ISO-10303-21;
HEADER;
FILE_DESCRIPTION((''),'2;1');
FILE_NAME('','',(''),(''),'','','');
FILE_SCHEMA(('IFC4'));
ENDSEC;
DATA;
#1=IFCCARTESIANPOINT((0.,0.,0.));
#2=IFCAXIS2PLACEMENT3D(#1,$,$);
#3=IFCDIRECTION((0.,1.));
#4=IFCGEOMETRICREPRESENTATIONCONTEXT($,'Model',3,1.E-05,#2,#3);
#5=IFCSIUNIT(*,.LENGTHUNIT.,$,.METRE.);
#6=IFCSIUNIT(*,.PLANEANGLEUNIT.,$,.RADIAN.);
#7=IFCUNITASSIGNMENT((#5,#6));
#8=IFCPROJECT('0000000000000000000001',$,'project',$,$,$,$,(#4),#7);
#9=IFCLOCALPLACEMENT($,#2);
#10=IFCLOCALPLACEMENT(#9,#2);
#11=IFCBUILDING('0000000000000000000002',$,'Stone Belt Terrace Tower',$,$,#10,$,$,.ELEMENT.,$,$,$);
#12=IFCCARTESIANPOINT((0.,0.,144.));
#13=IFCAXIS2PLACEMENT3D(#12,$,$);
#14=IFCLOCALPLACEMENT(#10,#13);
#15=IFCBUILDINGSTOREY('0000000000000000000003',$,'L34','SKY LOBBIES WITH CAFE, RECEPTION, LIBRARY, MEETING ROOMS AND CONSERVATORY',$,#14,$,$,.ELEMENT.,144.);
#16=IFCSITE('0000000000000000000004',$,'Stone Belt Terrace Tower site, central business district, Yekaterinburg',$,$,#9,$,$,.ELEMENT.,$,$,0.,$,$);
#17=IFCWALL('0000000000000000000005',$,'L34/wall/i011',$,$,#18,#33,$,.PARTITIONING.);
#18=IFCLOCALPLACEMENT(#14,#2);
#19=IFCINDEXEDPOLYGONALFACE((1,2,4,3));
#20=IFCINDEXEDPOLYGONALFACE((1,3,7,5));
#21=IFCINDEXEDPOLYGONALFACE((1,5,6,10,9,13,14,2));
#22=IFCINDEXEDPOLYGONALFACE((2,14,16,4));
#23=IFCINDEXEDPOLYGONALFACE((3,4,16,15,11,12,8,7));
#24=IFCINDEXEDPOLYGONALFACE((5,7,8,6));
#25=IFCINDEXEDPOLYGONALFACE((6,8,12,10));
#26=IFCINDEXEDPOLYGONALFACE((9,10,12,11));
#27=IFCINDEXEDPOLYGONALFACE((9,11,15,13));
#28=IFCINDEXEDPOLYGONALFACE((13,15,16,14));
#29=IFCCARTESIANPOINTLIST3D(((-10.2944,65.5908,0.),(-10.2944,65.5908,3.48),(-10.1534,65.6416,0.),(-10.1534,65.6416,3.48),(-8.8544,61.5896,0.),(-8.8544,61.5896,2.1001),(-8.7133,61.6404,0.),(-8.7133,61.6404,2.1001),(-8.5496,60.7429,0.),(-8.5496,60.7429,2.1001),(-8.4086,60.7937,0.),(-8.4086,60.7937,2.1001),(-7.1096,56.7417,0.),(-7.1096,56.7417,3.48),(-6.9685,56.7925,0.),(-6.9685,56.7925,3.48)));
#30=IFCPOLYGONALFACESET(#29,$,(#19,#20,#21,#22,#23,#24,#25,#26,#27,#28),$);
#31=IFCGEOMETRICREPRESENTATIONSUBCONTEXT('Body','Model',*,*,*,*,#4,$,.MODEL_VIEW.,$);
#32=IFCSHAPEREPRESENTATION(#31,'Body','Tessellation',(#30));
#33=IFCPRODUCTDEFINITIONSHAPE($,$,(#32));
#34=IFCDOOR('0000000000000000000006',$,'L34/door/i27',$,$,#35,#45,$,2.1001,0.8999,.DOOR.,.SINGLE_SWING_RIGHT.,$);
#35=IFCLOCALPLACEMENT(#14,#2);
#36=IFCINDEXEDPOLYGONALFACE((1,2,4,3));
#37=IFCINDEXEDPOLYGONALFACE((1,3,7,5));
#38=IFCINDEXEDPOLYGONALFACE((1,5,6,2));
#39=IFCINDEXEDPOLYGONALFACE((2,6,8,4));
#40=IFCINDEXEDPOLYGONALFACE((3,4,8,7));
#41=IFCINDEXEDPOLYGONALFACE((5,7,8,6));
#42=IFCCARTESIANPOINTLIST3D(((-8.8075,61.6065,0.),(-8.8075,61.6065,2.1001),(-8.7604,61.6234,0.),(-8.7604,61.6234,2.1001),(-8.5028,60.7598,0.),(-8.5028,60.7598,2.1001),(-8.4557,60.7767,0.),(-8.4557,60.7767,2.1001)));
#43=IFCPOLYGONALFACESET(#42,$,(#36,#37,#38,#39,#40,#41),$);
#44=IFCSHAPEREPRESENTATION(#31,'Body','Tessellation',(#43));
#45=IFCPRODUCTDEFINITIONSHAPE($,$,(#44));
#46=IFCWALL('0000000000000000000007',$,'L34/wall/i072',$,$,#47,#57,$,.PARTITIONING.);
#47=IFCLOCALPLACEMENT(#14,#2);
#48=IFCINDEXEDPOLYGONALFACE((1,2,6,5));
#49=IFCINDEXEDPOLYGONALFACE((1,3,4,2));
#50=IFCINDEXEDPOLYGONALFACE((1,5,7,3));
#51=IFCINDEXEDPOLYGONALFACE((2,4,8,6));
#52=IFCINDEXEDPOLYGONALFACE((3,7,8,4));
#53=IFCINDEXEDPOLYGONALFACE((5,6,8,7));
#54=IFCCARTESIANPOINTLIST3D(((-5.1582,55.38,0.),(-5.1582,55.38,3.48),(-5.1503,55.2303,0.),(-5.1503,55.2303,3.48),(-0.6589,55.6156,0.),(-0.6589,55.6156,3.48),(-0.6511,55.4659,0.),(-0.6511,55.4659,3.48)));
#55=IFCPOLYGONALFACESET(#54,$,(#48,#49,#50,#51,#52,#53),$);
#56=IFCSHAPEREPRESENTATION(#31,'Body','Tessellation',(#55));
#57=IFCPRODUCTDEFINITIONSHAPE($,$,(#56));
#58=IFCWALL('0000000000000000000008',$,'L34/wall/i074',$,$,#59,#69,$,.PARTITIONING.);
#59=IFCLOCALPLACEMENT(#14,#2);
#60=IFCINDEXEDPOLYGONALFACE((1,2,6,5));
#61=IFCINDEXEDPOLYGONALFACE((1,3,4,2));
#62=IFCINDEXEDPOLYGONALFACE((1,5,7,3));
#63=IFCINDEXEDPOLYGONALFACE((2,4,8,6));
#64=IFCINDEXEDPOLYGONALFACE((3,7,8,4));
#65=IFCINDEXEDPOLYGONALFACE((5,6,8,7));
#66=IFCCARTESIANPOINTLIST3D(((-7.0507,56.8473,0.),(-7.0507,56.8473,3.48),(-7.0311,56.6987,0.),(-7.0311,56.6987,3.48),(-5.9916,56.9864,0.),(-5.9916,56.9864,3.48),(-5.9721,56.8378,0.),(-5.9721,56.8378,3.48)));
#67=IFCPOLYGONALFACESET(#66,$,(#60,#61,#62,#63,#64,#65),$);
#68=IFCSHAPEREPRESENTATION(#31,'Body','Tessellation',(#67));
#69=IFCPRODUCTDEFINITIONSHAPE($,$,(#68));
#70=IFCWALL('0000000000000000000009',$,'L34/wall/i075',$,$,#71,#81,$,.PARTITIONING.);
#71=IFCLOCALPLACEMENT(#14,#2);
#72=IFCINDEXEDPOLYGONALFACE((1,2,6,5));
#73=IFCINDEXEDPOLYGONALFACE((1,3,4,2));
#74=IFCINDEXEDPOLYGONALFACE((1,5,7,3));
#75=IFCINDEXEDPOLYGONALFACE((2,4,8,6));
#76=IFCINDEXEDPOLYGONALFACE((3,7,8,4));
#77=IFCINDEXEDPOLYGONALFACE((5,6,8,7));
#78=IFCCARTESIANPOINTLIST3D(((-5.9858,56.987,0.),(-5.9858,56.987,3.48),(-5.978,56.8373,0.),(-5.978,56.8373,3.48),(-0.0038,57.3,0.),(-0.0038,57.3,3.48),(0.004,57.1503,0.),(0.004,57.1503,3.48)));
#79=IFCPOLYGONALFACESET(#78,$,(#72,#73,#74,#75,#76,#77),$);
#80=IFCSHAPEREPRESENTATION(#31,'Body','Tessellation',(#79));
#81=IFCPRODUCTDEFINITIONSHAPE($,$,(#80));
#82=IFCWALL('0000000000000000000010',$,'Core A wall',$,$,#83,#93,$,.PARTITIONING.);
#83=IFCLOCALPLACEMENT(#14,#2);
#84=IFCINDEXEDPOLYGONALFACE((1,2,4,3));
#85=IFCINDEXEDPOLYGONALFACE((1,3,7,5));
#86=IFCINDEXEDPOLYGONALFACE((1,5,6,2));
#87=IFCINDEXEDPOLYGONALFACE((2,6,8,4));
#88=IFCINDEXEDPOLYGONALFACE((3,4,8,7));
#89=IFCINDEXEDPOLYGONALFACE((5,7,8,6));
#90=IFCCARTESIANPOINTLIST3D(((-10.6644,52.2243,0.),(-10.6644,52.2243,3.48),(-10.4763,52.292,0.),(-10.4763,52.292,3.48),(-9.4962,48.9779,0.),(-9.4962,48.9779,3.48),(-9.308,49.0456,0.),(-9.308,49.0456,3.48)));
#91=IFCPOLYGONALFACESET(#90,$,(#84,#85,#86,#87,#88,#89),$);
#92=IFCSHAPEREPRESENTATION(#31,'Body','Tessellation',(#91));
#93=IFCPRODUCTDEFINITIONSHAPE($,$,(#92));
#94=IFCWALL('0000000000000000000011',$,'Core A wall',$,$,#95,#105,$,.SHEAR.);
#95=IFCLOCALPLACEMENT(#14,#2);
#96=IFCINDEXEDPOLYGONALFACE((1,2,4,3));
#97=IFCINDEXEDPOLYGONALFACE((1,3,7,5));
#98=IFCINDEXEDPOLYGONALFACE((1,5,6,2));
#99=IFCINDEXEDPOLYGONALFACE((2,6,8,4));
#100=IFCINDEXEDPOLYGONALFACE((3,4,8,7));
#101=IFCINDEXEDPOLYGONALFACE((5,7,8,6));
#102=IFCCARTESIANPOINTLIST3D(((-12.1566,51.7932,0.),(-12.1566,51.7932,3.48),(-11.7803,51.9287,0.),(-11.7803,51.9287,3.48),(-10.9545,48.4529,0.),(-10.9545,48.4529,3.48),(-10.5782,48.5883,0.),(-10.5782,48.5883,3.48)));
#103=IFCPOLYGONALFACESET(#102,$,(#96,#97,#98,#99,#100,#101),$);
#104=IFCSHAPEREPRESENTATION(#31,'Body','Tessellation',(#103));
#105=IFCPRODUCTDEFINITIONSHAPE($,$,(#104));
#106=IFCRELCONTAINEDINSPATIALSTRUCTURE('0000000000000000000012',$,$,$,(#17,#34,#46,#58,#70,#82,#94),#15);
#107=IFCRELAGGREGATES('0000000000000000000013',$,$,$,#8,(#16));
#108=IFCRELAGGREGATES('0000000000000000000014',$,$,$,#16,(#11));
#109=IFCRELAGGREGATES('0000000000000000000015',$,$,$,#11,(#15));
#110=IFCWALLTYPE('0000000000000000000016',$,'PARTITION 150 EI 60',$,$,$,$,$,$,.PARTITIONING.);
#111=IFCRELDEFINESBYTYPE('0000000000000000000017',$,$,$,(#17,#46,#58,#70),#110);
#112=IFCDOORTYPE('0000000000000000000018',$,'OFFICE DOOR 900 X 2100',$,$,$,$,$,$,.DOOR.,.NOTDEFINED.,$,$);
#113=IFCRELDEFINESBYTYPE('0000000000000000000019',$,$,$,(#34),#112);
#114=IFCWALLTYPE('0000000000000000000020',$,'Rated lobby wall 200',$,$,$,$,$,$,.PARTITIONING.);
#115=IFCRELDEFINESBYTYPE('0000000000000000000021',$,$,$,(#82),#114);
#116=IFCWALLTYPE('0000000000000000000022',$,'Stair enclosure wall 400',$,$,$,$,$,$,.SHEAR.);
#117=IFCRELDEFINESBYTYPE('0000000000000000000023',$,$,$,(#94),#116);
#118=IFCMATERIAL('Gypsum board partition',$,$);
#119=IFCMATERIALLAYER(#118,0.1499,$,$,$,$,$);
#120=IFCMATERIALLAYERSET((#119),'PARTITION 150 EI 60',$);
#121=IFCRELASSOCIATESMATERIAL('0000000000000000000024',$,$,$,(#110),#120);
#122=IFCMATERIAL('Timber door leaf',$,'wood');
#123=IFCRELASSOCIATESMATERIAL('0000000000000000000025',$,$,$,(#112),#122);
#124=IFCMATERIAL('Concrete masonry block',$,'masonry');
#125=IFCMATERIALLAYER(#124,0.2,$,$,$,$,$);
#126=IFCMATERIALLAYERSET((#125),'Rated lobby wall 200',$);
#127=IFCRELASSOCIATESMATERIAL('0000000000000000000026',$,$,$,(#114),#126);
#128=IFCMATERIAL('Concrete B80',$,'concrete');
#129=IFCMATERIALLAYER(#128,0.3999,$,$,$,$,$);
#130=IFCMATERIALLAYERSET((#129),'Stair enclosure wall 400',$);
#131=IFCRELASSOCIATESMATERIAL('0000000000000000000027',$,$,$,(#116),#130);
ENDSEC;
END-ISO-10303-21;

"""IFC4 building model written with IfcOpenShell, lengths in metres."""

from ifc_helpers import new_model, si_unit, direction, frame, frame_2d, origin, place, context, subcontext, project, spatial, rectangle, extrude, material, layer, layer_set, type_object, element, fill, save


model = new_model("IFC4")

# Units and contexts
model_context = context("Model", 3, precision=1e-05, world=origin(), true_north=direction((0.0, 1.0)))
body_context = subcontext(model_context, "Body", "Model", "MODEL_VIEW")
ifc_project = project(units=[si_unit("LENGTHUNIT", "METRE"), si_unit("PLANEANGLEUNIT", "RADIAN")], contexts=[model_context])

# Site, building, storey
site_placement = place(None, origin())
site = spatial("IfcSite", under=ifc_project, at=site_placement, Name="Stone Belt Terrace Tower site, central business district, Yekaterinburg", CompositionType="ELEMENT", RefElevation=0.0)
building_placement = place(site_placement, origin())
building = spatial("IfcBuilding", under=site, at=building_placement, Name="Stone Belt Terrace Tower", CompositionType="ELEMENT")
storey_placement = place(building_placement, frame((0.0, 0.0, 144.0)))
storey = spatial("IfcBuildingStorey", under=building, at=storey_placement, Name="L34", Description="SKY LOBBIES WITH CAFE, RECEPTION, LIBRARY, MEETING ROOMS AND CONSERVATORY", CompositionType="ELEMENT", Elevation=144.0)

# Shared definitions
ifc_material_1 = material(Name="Concrete B80", Category="concrete")

# Shared definitions
ifc_material_2 = material(Name="Timber door leaf", Category="wood")

# Wall, opening, door
ifc_material_3 = material(Name="Gypsum board partition")
ifc_layer_1 = layer(ifc_material_3, 0.1499)
ifc_layer_set_1 = layer_set([ifc_layer_1], Name="PARTITION 150 EI 60")
wall_type_1 = type_object("IfcWallType", Name="PARTITION 150 EI 60", PredefinedType="PARTITIONING", material=ifc_layer_set_1)
door_type_1 = type_object("IfcDoorType", Name="OFFICE DOOR 900 X 2100", OperationType="NOTDEFINED", PredefinedType="DOOR", material=ifc_material_2)
wall_1_placement = place(storey_placement, frame((-10.2239, 65.6162, 0.0), z_axis=(0.0, 0.0, 1.0), x_axis=(0.338638, -0.940917, 0.0)))
wall_1 = element("IfcWall", 1, at=wall_1_placement, inside=storey, type_object=wall_type_1, Name="L34/wall/i011", PredefinedType="PARTITIONING", context=body_context, shape_type="SweptSolid", body=[
    extrude(rectangle(XDim=9.4048, YDim=0.1499, at=frame_2d((4.7024, 0.0))), origin(), (0.0, 0.0, 1.0), 3.48),
])
opening_1_placement = place(wall_1_placement, frame((4.2524, 0.0, 0.0)))
opening_1 = element("IfcOpeningElement", 2, at=opening_1_placement, cuts=wall_1, PredefinedType="OPENING", context=body_context, shape_type="SweptSolid", body=[
    extrude(rectangle(XDim=0.8999, YDim=2.1001, at=frame_2d((0.45, 1.05))), frame((0.0, 0.085, 0.0), z_axis=(0.0, -1.0, 0.0), x_axis=(1.0, 0.0, 0.0)), (0.0, 0.0, 1.0), 0.1699),
])
door_1_placement = place(opening_1_placement, origin())
door_1 = element("IfcDoor", 3, at=door_1_placement, inside=storey, type_object=door_type_1, Name="L34/door/i27", OperationType="SINGLE_SWING_RIGHT", OverallHeight=2.1001, OverallWidth=0.8999, PredefinedType="DOOR", context=body_context, shape_type="SweptSolid", body=[
    extrude(rectangle(XDim=0.8999, YDim=2.1001, at=frame_2d((0.45, 1.05))), frame((0.0, 0.0249, 0.0), z_axis=(0.0, -1.0, 0.0), x_axis=(1.0, 0.0, 0.0)), (0.0, 0.0, 1.0), 0.05),
])
fill(opening_1, door_1)

# Walls
wall_2_placement = place(storey_placement, frame((-0.655, 55.5408, 0.0), z_axis=(0.0, 0.0, 1.0), x_axis=(-0.998632, -0.052291, 0.0)))
element("IfcWall", 4, at=wall_2_placement, inside=storey, type_object=wall_type_1, Name="L34/wall/i072", PredefinedType="PARTITIONING", context=body_context, shape_type="SweptSolid", body=[
    extrude(rectangle(XDim=4.5054, YDim=0.1499, at=frame_2d((2.2527, 0.0))), origin(), (0.0, 0.0, 1.0), 3.48),
])
wall_3_placement = place(storey_placement, frame((-7.041, 56.7729, 0.0), z_axis=(0.0, 0.0, 1.0), x_axis=(0.991478, 0.130277, 0.0)))
element("IfcWall", 5, at=wall_3_placement, inside=storey, type_object=wall_type_1, Name="L34/wall/i074", PredefinedType="PARTITIONING", context=body_context, shape_type="SweptSolid", body=[
    extrude(rectangle(XDim=1.0681, YDim=0.1499, at=frame_2d((0.5342, 0.0))), origin(), (0.0, 0.0, 1.0), 3.48),
])
wall_4_placement = place(storey_placement, frame((-5.9819, 56.9121, 0.0), z_axis=(0.0, 0.0, 1.0), x_axis=(0.998634, 0.052251, 0.0)))
element("IfcWall", 6, at=wall_4_placement, inside=storey, type_object=wall_type_1, Name="L34/wall/i075", PredefinedType="PARTITIONING", context=body_context, shape_type="SweptSolid", body=[
    extrude(rectangle(XDim=5.9902, YDim=0.1499, at=frame_2d((2.9951, 0.0))), origin(), (0.0, 0.0, 1.0), 3.48),
])
ifc_material_4 = material(Name="Concrete masonry block", Category="masonry")
ifc_layer_2 = layer(ifc_material_4, 0.2)
ifc_layer_set_2 = layer_set([ifc_layer_2], Name="Rated lobby wall 200")
wall_type_2 = type_object("IfcWallType", Name="Rated lobby wall 200", PredefinedType="PARTITIONING", material=ifc_layer_set_2)
wall_5_placement = place(storey_placement, frame((-9.4021, 49.0117, 0.0), z_axis=(0.0, 0.0, 1.0), x_axis=(-0.338599, 0.940931, 0.0)))
element("IfcWall", 7, at=wall_5_placement, inside=storey, type_object=wall_type_2, Name="Core A wall", PredefinedType="PARTITIONING", context=body_context, shape_type="SweptSolid", body=[
    extrude(rectangle(XDim=3.4502, YDim=0.2, at=frame_2d((1.7251, 0.0))), origin(), (0.0, 0.0, 1.0), 3.48),
])
ifc_layer_3 = layer(ifc_material_1, 0.3999)
ifc_layer_set_3 = layer_set([ifc_layer_3], Name="Stair enclosure wall 400")
wall_type_3 = type_object("IfcWallType", Name="Stair enclosure wall 400", PredefinedType="SHEAR", material=ifc_layer_set_3)
wall_6_placement = place(storey_placement, frame((-10.7664, 48.5208, 0.0), z_axis=(0.0, 0.0, 1.0), x_axis=(-0.338627, 0.940921, 0.0)))
element("IfcWall", 8, at=wall_6_placement, inside=storey, type_object=wall_type_3, Name="Core A wall", PredefinedType="SHEAR", context=body_context, shape_type="SweptSolid", body=[
    extrude(rectangle(XDim=3.55, YDim=0.3999, at=frame_2d((1.7749, 0.0))), origin(), (0.0, 0.0, 1.0), 3.48),
])

save(model, "model.ifc")
